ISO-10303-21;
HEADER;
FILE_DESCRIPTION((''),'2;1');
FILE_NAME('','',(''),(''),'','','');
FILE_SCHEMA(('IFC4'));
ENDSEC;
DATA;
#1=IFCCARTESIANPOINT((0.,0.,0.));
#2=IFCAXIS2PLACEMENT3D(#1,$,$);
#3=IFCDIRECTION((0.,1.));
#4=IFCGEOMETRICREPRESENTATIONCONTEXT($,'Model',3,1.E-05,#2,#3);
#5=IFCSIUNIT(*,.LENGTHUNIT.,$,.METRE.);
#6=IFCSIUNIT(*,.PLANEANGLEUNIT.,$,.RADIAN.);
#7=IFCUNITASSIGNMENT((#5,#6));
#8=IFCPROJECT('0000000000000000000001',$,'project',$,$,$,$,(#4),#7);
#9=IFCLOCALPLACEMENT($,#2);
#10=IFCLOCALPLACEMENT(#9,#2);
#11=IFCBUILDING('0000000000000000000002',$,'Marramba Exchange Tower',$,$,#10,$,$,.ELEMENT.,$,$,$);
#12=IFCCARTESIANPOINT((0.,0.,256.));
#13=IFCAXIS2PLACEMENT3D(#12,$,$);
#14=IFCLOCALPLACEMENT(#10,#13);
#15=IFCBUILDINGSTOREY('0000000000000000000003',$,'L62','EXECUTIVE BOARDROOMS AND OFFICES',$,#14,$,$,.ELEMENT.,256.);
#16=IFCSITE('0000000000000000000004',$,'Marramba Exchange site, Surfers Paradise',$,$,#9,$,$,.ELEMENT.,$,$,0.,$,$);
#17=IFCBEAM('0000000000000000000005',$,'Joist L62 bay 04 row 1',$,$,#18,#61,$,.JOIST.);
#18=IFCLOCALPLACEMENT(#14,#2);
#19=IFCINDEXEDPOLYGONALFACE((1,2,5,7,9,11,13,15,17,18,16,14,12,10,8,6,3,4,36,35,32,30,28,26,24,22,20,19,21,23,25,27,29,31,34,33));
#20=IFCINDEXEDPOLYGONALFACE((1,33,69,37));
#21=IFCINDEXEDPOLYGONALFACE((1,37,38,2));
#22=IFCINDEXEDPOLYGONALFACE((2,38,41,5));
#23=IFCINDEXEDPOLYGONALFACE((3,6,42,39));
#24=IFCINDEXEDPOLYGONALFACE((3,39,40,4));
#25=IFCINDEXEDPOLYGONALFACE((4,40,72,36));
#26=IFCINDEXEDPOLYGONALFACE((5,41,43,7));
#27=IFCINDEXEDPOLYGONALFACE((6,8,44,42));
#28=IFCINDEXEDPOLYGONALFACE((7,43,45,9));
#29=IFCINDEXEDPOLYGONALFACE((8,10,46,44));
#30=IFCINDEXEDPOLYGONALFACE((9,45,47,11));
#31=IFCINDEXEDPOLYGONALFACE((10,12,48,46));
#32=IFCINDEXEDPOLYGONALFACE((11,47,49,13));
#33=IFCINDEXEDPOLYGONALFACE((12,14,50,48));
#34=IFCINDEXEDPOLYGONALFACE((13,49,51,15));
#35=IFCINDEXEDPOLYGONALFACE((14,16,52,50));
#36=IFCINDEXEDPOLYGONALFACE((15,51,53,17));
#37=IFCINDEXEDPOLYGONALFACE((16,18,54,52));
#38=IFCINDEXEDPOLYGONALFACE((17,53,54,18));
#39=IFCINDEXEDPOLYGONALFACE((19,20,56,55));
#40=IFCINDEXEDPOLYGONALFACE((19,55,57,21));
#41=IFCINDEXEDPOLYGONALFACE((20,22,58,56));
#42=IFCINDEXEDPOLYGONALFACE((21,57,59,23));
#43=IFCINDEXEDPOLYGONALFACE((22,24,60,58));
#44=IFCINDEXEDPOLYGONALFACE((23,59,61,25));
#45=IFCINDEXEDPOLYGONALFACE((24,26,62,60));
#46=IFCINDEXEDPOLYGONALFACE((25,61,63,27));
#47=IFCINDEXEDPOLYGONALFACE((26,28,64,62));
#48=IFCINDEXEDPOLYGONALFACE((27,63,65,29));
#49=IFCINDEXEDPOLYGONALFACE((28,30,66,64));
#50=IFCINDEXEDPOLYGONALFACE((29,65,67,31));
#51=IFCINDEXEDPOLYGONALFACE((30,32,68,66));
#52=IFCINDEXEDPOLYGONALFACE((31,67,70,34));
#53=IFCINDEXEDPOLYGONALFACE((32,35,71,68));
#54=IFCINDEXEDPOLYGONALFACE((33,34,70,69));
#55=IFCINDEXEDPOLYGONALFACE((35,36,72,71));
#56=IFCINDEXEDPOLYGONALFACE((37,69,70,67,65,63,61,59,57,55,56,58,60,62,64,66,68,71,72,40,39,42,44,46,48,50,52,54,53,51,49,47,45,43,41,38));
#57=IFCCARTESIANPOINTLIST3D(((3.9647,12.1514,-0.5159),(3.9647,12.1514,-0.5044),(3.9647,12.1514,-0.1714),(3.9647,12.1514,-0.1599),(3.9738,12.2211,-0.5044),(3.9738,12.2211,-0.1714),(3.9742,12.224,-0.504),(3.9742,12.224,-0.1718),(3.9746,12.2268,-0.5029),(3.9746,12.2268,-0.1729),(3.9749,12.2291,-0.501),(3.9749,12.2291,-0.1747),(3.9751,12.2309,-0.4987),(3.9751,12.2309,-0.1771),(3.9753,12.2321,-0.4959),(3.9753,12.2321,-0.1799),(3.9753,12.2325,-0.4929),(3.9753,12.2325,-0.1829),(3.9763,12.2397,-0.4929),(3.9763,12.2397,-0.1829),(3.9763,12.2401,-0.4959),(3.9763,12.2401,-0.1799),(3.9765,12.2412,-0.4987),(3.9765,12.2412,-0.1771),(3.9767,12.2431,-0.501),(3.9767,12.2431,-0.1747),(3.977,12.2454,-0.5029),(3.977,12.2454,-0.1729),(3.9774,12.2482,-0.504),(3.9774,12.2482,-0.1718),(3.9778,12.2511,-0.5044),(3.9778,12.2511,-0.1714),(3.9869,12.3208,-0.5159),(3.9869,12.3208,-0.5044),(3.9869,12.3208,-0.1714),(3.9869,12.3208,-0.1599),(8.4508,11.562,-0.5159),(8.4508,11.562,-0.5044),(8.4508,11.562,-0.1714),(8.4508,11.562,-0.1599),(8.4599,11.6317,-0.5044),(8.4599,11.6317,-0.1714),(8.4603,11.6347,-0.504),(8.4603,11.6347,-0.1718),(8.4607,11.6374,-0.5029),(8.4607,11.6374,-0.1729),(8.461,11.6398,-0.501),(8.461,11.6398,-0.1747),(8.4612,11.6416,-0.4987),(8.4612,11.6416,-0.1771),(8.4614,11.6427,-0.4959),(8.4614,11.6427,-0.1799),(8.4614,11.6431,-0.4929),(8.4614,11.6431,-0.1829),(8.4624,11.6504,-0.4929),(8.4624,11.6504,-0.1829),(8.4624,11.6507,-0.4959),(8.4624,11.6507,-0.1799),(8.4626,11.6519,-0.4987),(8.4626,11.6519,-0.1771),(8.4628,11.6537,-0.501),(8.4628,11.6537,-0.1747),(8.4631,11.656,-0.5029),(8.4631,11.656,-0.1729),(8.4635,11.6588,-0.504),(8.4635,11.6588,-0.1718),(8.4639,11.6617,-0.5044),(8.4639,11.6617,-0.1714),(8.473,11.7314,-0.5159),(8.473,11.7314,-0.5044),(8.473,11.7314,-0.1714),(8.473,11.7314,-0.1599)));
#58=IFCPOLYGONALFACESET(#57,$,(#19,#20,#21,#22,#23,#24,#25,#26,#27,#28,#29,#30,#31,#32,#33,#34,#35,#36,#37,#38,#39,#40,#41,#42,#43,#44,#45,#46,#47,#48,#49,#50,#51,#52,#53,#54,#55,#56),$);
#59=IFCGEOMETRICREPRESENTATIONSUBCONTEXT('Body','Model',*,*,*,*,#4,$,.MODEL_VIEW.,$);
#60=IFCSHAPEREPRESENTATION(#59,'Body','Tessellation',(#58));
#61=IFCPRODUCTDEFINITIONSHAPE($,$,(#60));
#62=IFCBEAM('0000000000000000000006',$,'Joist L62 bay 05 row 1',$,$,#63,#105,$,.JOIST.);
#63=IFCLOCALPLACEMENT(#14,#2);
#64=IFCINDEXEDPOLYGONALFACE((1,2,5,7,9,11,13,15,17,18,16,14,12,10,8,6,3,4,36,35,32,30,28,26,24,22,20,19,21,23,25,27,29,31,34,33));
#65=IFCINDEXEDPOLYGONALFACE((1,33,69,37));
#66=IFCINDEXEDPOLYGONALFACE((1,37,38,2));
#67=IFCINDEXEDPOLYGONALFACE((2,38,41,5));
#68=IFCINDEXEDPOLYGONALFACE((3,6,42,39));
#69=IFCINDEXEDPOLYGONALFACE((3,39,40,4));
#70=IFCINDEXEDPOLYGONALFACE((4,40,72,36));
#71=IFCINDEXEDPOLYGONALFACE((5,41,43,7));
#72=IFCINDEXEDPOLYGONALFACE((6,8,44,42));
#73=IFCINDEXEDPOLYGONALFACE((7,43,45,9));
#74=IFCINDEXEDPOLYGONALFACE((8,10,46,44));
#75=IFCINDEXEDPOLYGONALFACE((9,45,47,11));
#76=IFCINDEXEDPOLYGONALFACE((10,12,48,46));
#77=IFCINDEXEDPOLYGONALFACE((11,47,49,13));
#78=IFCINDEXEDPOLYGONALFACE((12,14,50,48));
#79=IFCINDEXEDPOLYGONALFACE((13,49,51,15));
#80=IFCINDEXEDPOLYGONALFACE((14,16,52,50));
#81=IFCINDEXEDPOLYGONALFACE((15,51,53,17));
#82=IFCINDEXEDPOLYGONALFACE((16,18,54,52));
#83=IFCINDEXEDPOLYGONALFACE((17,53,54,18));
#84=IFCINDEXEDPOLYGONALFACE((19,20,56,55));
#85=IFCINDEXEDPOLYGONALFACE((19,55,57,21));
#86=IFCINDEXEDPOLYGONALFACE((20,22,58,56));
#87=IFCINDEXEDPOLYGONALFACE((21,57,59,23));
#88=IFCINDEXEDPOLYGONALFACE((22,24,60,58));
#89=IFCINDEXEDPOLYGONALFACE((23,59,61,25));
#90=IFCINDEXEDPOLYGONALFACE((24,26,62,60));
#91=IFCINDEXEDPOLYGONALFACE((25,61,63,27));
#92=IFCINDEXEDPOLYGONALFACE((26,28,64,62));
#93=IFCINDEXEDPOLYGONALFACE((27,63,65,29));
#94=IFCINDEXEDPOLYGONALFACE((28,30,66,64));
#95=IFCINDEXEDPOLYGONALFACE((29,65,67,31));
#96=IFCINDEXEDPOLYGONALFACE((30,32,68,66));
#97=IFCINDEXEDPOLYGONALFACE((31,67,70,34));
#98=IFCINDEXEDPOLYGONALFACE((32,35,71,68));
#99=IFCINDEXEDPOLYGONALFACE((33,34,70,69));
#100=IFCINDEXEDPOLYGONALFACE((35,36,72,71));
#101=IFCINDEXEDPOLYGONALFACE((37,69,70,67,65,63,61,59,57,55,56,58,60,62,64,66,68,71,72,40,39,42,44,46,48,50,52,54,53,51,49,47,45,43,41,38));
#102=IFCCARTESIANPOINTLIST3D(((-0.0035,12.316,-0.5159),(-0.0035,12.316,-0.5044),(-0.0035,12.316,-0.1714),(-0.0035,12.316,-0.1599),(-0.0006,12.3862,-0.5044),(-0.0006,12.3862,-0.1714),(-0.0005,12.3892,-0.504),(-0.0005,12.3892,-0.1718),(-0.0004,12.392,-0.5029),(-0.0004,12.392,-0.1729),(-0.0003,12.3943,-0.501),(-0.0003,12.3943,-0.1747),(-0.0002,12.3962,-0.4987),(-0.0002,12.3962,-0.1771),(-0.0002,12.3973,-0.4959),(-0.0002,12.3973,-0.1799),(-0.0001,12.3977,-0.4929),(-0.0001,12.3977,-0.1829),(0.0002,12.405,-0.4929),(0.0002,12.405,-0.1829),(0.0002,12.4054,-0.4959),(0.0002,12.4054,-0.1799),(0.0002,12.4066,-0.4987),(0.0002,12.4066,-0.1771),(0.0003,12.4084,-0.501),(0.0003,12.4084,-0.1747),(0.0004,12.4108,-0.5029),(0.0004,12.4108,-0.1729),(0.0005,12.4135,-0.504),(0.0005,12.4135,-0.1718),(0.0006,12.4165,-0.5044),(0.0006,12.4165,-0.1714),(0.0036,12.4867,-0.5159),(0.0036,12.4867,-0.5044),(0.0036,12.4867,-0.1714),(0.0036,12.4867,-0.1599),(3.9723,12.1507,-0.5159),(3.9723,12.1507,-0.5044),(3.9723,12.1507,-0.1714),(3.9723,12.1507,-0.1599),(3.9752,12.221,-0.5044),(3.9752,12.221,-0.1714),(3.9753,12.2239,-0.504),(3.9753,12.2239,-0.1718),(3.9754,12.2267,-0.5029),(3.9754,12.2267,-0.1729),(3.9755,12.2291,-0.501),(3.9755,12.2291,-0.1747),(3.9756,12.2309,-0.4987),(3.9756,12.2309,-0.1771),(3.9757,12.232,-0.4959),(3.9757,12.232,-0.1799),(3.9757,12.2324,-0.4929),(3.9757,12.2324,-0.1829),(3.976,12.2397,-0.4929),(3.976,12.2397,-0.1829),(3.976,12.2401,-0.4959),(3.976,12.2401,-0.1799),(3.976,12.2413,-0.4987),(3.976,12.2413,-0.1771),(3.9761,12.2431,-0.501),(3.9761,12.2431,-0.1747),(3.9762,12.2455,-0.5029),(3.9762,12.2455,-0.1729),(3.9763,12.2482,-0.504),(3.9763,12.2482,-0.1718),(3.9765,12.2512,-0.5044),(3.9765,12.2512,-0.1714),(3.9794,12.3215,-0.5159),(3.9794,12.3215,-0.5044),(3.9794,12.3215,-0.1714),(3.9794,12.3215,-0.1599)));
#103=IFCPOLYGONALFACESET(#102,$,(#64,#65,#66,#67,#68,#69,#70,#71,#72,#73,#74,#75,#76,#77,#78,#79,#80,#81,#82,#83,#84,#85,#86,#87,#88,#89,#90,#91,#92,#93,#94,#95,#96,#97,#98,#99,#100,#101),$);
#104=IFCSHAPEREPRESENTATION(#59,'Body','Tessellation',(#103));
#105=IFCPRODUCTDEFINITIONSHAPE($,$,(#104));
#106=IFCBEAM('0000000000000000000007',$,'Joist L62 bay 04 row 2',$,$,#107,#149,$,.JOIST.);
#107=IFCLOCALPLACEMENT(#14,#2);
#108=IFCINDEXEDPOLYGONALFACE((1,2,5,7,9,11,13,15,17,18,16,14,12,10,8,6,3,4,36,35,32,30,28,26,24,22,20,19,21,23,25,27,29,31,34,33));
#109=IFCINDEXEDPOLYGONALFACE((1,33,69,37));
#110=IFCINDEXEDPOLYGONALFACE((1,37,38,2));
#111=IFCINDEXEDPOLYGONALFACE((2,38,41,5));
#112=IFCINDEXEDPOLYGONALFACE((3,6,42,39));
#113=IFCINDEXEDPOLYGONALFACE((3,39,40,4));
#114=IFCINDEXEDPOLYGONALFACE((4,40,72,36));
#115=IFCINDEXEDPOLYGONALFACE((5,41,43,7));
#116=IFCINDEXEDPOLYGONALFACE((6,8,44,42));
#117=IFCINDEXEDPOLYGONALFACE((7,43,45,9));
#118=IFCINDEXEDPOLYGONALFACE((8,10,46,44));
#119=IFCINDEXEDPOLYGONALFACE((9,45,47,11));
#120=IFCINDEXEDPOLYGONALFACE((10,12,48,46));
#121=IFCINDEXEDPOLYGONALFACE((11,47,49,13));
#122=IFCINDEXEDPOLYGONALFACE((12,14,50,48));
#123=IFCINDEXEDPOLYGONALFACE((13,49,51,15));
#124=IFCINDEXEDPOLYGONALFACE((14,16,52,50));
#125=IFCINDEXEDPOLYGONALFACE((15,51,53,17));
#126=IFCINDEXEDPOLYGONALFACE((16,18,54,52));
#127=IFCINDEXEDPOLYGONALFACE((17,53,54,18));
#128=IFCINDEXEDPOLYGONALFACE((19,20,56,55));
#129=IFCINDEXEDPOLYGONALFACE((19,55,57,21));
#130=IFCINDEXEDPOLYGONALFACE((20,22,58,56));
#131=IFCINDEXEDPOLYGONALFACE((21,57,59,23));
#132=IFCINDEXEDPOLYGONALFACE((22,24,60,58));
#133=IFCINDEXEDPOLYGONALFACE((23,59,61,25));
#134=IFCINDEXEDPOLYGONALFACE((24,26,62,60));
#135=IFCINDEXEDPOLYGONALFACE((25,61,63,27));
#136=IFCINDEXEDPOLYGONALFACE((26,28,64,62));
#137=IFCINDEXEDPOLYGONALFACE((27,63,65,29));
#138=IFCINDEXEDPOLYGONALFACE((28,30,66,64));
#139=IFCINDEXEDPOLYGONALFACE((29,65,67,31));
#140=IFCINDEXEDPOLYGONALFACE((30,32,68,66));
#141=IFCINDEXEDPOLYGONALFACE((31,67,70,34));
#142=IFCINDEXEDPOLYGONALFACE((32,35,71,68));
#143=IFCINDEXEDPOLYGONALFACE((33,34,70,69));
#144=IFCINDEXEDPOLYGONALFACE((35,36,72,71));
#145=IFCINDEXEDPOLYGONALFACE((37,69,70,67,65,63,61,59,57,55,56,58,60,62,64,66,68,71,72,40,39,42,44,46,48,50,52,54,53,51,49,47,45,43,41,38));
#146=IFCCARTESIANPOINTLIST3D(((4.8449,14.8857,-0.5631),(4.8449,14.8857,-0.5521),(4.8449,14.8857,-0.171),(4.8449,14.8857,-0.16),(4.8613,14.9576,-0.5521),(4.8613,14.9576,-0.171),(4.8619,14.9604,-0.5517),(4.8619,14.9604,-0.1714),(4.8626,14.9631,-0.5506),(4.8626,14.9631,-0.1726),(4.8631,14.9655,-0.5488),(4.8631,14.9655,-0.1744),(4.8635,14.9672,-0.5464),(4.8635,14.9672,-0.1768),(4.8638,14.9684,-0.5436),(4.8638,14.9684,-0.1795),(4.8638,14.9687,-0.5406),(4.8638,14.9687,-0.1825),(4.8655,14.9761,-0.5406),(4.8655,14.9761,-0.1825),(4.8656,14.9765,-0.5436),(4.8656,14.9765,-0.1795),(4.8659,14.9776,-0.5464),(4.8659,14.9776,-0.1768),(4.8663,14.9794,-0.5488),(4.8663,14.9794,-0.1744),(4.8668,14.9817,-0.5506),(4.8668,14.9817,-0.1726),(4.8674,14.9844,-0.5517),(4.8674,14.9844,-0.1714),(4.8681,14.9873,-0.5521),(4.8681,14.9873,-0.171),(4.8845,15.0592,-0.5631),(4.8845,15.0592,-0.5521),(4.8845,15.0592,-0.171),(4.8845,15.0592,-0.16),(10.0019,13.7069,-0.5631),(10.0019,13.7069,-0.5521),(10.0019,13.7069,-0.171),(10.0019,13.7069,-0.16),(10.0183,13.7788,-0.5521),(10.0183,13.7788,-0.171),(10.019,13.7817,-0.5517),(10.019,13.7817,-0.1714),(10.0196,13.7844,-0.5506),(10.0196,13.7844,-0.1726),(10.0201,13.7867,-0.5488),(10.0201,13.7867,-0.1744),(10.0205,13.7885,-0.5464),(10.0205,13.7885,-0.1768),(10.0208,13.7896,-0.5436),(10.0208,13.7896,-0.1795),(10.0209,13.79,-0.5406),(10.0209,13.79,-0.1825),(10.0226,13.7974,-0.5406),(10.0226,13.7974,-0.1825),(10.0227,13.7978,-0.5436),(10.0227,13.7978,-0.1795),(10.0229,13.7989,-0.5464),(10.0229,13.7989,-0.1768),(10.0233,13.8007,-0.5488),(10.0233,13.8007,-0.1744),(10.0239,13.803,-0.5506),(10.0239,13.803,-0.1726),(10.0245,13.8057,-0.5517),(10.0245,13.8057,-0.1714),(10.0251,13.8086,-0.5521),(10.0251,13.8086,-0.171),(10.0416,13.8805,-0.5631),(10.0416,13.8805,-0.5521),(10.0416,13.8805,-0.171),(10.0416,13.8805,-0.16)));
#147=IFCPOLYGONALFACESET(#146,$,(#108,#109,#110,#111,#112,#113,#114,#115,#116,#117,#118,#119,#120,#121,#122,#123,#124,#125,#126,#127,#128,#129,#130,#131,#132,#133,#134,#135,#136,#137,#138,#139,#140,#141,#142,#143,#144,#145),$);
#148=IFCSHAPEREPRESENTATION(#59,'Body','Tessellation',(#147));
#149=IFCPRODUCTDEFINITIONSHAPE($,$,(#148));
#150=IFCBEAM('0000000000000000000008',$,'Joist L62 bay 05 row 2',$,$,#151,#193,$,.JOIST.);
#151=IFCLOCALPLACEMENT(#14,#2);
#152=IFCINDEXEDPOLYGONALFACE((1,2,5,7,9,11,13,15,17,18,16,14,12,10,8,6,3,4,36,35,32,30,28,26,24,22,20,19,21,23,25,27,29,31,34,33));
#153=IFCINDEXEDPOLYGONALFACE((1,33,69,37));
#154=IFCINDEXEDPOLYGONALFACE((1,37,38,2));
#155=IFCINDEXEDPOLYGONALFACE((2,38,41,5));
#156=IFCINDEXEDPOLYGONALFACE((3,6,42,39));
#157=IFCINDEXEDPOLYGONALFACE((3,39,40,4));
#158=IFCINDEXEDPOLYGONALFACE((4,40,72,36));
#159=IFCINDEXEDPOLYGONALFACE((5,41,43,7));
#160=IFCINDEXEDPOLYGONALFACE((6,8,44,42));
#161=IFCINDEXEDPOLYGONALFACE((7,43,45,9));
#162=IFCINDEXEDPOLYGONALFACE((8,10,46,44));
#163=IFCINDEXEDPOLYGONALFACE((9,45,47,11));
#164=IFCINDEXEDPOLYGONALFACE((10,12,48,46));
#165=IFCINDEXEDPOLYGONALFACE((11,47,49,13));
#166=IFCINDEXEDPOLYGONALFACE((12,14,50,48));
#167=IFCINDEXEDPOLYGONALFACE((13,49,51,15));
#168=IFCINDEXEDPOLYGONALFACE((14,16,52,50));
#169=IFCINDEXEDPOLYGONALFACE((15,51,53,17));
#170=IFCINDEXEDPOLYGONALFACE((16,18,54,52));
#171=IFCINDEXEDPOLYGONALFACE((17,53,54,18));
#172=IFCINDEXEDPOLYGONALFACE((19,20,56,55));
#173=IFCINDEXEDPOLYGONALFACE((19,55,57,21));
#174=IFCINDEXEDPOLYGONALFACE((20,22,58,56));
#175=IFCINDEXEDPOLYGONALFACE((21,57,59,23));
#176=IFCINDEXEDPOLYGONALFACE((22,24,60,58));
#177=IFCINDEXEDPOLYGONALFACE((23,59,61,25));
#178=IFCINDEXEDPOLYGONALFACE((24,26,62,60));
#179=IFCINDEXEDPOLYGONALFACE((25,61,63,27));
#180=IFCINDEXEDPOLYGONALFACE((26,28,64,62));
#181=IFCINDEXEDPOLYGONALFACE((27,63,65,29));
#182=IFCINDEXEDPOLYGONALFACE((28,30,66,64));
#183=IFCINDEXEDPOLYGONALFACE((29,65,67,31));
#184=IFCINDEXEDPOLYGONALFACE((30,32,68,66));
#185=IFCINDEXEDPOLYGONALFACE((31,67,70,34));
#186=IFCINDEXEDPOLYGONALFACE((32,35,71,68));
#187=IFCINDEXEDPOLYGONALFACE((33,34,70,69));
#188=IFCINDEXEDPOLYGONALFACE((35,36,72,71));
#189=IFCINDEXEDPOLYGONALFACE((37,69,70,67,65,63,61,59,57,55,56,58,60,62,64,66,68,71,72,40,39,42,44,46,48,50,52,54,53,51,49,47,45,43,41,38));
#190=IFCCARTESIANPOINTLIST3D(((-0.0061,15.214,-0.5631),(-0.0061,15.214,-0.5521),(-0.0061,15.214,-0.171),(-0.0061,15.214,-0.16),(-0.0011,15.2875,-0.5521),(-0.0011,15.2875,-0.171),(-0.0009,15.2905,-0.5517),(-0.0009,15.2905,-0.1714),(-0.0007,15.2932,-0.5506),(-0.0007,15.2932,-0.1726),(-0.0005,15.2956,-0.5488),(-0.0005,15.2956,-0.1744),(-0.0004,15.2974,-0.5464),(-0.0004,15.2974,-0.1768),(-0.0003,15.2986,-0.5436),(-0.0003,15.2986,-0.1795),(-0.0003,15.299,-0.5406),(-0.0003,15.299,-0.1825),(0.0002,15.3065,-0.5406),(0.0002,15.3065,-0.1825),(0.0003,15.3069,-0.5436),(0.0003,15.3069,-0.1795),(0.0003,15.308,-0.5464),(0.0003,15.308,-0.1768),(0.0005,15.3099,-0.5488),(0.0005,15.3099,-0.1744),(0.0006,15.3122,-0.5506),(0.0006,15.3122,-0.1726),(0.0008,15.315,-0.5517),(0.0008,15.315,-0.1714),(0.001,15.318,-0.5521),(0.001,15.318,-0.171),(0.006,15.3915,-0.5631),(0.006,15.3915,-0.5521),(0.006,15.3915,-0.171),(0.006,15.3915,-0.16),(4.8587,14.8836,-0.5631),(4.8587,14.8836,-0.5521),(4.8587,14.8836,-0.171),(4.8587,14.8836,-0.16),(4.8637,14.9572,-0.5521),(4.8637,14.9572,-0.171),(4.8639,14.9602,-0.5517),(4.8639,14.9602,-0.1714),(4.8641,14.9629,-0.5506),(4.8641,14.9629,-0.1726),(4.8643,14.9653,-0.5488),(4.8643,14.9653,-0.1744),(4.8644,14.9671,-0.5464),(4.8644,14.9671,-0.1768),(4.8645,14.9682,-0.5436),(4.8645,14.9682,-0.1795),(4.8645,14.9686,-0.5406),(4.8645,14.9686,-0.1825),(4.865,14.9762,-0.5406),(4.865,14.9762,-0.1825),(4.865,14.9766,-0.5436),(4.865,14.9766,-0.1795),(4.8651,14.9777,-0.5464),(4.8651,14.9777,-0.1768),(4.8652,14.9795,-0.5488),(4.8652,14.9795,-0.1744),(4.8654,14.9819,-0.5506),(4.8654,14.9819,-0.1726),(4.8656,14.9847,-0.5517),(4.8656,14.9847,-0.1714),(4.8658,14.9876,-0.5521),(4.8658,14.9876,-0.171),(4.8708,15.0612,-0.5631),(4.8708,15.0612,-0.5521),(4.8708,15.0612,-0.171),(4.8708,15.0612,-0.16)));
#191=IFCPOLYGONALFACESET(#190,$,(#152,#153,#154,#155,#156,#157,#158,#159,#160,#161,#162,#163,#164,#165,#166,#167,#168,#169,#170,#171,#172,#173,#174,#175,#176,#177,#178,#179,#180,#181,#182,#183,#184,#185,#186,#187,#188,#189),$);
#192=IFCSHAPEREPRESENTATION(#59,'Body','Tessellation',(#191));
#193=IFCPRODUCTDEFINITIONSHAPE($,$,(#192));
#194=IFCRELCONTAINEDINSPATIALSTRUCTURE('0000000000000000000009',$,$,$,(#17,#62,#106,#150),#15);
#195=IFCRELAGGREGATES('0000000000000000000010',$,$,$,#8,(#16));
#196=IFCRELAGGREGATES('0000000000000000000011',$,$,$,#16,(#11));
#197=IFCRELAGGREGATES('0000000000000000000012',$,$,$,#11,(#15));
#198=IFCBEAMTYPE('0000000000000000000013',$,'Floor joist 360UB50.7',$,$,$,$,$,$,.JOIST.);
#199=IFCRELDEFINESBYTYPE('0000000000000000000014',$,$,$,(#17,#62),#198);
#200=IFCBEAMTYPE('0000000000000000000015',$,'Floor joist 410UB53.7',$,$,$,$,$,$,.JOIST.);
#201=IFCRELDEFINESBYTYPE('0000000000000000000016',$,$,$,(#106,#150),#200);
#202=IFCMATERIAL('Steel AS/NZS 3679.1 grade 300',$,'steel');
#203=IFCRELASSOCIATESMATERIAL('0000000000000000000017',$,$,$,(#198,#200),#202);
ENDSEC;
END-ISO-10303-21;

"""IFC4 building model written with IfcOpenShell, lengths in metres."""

from ifc_helpers import new_model, si_unit, direction, frame, origin, origin_2d, place, context, subcontext, project, spatial, i_section, extrude, material, material_profile, profile_set, type_object, element, save


model = new_model("IFC4")

# Units and contexts
model_context = context("Model", 3, precision=1e-05, world=origin(), true_north=direction((0.0, 1.0)))
body_context = subcontext(model_context, "Body", "Model", "MODEL_VIEW")
ifc_project = project(units=[si_unit("LENGTHUNIT", "METRE"), si_unit("PLANEANGLEUNIT", "RADIAN")], contexts=[model_context])

# Site, building, storey
site_placement = place(None, origin())
site = spatial("IfcSite", under=ifc_project, at=site_placement, Name="Marramba Exchange site, Surfers Paradise", CompositionType="ELEMENT", RefElevation=0.0)
building_placement = place(site_placement, origin())
building = spatial("IfcBuilding", under=site, at=building_placement, Name="Marramba Exchange Tower", CompositionType="ELEMENT")
storey_placement = place(building_placement, frame((0.0, 0.0, 256.0)))
storey = spatial("IfcBuildingStorey", under=building, at=storey_placement, Name="L62", Description="EXECUTIVE BOARDROOMS AND OFFICES", CompositionType="ELEMENT", Elevation=256.0)

# Beams
ifc_material_1 = material(Name="Steel AS/NZS 3679.1 grade 300", Category="steel")
ifc_material_profile_1 = material_profile(ifc_material_1, i_section(OverallWidth=0.1709, OverallDepth=0.356, WebThickness=0.0073, FlangeThickness=0.0115, FilletRadius=0.0115, at=origin_2d()), Name="360UB50.7")
ifc_profile_set_1 = profile_set([ifc_material_profile_1], Name="Steel AS/NZS 3679.1 grade 300")
beam_type_1 = type_object("IfcBeamType", Name="Floor joist 360UB50.7", PredefinedType="JOIST", material=ifc_profile_set_1)
beam_1_placement = place(storey_placement, frame((8.4619, 11.6467, -0.3379), z_axis=(-0.991481, 0.130255, 0.0), x_axis=(-0.130255, -0.991481, 0.0)))
element("IfcBeam", 1, at=beam_1_placement, inside=storey, type_object=beam_type_1, Name="Joist L62 bay 04 row 1", PredefinedType="JOIST", context=body_context, shape_type="SweptSolid", body=[
    extrude(i_section(OverallWidth=0.1709, OverallDepth=0.356, WebThickness=0.0073, FlangeThickness=0.0115, FilletRadius=0.0115, at=origin_2d()), origin(), (0.0, 0.0, 1.0), 4.5247),
])
beam_2_placement = place(storey_placement, frame((3.9758, 12.2361, -0.3379), z_axis=(-0.999137, 0.041536, 0.0), x_axis=(-0.041536, -0.999137, 0.0)))
element("IfcBeam", 2, at=beam_2_placement, inside=storey, type_object=beam_type_1, Name="Joist L62 bay 05 row 1", PredefinedType="JOIST", context=body_context, shape_type="SweptSolid", body=[
    extrude(i_section(OverallWidth=0.1709, OverallDepth=0.356, WebThickness=0.0073, FlangeThickness=0.0115, FilletRadius=0.0115, at=origin_2d()), origin(), (0.0, 0.0, 1.0), 3.9792),
])
ifc_material_profile_2 = material_profile(ifc_material_1, i_section(OverallWidth=0.178, OverallDepth=0.4031, WebThickness=0.0076, FlangeThickness=0.011, FilletRadius=0.0115, at=origin_2d()), Name="410UB53.7")
ifc_profile_set_2 = profile_set([ifc_material_profile_2], Name="Steel AS/NZS 3679.1 grade 300")
beam_type_2 = type_object("IfcBeamType", Name="Floor joist 410UB53.7", PredefinedType="JOIST", material=ifc_profile_set_2)
beam_3_placement = place(storey_placement, frame((10.0217, 13.7937, -0.3616), z_axis=(-0.97486, 0.22282, 0.0), x_axis=(-0.22282, -0.97486, 0.0)))
element("IfcBeam", 3, at=beam_3_placement, inside=storey, type_object=beam_type_2, Name="Joist L62 bay 04 row 2", PredefinedType="JOIST", context=body_context, shape_type="SweptSolid", body=[
    extrude(i_section(OverallWidth=0.178, OverallDepth=0.4031, WebThickness=0.0076, FlangeThickness=0.011, FilletRadius=0.0115, at=origin_2d()), origin(), (0.0, 0.0, 1.0), 5.29),
])
beam_4_placement = place(storey_placement, frame((4.8647, 14.9724, -0.3616), z_axis=(-0.997703, 0.067745, 0.0), x_axis=(-0.067745, -0.997703, 0.0)))
element("IfcBeam", 4, at=beam_4_placement, inside=storey, type_object=beam_type_2, Name="Joist L62 bay 05 row 2", PredefinedType="JOIST", context=body_context, shape_type="SweptSolid", body=[
    extrude(i_section(OverallWidth=0.178, OverallDepth=0.4031, WebThickness=0.0076, FlangeThickness=0.011, FilletRadius=0.0115, at=origin_2d()), origin(), (0.0, 0.0, 1.0), 4.876),
])

save(model, "model.ifc")
